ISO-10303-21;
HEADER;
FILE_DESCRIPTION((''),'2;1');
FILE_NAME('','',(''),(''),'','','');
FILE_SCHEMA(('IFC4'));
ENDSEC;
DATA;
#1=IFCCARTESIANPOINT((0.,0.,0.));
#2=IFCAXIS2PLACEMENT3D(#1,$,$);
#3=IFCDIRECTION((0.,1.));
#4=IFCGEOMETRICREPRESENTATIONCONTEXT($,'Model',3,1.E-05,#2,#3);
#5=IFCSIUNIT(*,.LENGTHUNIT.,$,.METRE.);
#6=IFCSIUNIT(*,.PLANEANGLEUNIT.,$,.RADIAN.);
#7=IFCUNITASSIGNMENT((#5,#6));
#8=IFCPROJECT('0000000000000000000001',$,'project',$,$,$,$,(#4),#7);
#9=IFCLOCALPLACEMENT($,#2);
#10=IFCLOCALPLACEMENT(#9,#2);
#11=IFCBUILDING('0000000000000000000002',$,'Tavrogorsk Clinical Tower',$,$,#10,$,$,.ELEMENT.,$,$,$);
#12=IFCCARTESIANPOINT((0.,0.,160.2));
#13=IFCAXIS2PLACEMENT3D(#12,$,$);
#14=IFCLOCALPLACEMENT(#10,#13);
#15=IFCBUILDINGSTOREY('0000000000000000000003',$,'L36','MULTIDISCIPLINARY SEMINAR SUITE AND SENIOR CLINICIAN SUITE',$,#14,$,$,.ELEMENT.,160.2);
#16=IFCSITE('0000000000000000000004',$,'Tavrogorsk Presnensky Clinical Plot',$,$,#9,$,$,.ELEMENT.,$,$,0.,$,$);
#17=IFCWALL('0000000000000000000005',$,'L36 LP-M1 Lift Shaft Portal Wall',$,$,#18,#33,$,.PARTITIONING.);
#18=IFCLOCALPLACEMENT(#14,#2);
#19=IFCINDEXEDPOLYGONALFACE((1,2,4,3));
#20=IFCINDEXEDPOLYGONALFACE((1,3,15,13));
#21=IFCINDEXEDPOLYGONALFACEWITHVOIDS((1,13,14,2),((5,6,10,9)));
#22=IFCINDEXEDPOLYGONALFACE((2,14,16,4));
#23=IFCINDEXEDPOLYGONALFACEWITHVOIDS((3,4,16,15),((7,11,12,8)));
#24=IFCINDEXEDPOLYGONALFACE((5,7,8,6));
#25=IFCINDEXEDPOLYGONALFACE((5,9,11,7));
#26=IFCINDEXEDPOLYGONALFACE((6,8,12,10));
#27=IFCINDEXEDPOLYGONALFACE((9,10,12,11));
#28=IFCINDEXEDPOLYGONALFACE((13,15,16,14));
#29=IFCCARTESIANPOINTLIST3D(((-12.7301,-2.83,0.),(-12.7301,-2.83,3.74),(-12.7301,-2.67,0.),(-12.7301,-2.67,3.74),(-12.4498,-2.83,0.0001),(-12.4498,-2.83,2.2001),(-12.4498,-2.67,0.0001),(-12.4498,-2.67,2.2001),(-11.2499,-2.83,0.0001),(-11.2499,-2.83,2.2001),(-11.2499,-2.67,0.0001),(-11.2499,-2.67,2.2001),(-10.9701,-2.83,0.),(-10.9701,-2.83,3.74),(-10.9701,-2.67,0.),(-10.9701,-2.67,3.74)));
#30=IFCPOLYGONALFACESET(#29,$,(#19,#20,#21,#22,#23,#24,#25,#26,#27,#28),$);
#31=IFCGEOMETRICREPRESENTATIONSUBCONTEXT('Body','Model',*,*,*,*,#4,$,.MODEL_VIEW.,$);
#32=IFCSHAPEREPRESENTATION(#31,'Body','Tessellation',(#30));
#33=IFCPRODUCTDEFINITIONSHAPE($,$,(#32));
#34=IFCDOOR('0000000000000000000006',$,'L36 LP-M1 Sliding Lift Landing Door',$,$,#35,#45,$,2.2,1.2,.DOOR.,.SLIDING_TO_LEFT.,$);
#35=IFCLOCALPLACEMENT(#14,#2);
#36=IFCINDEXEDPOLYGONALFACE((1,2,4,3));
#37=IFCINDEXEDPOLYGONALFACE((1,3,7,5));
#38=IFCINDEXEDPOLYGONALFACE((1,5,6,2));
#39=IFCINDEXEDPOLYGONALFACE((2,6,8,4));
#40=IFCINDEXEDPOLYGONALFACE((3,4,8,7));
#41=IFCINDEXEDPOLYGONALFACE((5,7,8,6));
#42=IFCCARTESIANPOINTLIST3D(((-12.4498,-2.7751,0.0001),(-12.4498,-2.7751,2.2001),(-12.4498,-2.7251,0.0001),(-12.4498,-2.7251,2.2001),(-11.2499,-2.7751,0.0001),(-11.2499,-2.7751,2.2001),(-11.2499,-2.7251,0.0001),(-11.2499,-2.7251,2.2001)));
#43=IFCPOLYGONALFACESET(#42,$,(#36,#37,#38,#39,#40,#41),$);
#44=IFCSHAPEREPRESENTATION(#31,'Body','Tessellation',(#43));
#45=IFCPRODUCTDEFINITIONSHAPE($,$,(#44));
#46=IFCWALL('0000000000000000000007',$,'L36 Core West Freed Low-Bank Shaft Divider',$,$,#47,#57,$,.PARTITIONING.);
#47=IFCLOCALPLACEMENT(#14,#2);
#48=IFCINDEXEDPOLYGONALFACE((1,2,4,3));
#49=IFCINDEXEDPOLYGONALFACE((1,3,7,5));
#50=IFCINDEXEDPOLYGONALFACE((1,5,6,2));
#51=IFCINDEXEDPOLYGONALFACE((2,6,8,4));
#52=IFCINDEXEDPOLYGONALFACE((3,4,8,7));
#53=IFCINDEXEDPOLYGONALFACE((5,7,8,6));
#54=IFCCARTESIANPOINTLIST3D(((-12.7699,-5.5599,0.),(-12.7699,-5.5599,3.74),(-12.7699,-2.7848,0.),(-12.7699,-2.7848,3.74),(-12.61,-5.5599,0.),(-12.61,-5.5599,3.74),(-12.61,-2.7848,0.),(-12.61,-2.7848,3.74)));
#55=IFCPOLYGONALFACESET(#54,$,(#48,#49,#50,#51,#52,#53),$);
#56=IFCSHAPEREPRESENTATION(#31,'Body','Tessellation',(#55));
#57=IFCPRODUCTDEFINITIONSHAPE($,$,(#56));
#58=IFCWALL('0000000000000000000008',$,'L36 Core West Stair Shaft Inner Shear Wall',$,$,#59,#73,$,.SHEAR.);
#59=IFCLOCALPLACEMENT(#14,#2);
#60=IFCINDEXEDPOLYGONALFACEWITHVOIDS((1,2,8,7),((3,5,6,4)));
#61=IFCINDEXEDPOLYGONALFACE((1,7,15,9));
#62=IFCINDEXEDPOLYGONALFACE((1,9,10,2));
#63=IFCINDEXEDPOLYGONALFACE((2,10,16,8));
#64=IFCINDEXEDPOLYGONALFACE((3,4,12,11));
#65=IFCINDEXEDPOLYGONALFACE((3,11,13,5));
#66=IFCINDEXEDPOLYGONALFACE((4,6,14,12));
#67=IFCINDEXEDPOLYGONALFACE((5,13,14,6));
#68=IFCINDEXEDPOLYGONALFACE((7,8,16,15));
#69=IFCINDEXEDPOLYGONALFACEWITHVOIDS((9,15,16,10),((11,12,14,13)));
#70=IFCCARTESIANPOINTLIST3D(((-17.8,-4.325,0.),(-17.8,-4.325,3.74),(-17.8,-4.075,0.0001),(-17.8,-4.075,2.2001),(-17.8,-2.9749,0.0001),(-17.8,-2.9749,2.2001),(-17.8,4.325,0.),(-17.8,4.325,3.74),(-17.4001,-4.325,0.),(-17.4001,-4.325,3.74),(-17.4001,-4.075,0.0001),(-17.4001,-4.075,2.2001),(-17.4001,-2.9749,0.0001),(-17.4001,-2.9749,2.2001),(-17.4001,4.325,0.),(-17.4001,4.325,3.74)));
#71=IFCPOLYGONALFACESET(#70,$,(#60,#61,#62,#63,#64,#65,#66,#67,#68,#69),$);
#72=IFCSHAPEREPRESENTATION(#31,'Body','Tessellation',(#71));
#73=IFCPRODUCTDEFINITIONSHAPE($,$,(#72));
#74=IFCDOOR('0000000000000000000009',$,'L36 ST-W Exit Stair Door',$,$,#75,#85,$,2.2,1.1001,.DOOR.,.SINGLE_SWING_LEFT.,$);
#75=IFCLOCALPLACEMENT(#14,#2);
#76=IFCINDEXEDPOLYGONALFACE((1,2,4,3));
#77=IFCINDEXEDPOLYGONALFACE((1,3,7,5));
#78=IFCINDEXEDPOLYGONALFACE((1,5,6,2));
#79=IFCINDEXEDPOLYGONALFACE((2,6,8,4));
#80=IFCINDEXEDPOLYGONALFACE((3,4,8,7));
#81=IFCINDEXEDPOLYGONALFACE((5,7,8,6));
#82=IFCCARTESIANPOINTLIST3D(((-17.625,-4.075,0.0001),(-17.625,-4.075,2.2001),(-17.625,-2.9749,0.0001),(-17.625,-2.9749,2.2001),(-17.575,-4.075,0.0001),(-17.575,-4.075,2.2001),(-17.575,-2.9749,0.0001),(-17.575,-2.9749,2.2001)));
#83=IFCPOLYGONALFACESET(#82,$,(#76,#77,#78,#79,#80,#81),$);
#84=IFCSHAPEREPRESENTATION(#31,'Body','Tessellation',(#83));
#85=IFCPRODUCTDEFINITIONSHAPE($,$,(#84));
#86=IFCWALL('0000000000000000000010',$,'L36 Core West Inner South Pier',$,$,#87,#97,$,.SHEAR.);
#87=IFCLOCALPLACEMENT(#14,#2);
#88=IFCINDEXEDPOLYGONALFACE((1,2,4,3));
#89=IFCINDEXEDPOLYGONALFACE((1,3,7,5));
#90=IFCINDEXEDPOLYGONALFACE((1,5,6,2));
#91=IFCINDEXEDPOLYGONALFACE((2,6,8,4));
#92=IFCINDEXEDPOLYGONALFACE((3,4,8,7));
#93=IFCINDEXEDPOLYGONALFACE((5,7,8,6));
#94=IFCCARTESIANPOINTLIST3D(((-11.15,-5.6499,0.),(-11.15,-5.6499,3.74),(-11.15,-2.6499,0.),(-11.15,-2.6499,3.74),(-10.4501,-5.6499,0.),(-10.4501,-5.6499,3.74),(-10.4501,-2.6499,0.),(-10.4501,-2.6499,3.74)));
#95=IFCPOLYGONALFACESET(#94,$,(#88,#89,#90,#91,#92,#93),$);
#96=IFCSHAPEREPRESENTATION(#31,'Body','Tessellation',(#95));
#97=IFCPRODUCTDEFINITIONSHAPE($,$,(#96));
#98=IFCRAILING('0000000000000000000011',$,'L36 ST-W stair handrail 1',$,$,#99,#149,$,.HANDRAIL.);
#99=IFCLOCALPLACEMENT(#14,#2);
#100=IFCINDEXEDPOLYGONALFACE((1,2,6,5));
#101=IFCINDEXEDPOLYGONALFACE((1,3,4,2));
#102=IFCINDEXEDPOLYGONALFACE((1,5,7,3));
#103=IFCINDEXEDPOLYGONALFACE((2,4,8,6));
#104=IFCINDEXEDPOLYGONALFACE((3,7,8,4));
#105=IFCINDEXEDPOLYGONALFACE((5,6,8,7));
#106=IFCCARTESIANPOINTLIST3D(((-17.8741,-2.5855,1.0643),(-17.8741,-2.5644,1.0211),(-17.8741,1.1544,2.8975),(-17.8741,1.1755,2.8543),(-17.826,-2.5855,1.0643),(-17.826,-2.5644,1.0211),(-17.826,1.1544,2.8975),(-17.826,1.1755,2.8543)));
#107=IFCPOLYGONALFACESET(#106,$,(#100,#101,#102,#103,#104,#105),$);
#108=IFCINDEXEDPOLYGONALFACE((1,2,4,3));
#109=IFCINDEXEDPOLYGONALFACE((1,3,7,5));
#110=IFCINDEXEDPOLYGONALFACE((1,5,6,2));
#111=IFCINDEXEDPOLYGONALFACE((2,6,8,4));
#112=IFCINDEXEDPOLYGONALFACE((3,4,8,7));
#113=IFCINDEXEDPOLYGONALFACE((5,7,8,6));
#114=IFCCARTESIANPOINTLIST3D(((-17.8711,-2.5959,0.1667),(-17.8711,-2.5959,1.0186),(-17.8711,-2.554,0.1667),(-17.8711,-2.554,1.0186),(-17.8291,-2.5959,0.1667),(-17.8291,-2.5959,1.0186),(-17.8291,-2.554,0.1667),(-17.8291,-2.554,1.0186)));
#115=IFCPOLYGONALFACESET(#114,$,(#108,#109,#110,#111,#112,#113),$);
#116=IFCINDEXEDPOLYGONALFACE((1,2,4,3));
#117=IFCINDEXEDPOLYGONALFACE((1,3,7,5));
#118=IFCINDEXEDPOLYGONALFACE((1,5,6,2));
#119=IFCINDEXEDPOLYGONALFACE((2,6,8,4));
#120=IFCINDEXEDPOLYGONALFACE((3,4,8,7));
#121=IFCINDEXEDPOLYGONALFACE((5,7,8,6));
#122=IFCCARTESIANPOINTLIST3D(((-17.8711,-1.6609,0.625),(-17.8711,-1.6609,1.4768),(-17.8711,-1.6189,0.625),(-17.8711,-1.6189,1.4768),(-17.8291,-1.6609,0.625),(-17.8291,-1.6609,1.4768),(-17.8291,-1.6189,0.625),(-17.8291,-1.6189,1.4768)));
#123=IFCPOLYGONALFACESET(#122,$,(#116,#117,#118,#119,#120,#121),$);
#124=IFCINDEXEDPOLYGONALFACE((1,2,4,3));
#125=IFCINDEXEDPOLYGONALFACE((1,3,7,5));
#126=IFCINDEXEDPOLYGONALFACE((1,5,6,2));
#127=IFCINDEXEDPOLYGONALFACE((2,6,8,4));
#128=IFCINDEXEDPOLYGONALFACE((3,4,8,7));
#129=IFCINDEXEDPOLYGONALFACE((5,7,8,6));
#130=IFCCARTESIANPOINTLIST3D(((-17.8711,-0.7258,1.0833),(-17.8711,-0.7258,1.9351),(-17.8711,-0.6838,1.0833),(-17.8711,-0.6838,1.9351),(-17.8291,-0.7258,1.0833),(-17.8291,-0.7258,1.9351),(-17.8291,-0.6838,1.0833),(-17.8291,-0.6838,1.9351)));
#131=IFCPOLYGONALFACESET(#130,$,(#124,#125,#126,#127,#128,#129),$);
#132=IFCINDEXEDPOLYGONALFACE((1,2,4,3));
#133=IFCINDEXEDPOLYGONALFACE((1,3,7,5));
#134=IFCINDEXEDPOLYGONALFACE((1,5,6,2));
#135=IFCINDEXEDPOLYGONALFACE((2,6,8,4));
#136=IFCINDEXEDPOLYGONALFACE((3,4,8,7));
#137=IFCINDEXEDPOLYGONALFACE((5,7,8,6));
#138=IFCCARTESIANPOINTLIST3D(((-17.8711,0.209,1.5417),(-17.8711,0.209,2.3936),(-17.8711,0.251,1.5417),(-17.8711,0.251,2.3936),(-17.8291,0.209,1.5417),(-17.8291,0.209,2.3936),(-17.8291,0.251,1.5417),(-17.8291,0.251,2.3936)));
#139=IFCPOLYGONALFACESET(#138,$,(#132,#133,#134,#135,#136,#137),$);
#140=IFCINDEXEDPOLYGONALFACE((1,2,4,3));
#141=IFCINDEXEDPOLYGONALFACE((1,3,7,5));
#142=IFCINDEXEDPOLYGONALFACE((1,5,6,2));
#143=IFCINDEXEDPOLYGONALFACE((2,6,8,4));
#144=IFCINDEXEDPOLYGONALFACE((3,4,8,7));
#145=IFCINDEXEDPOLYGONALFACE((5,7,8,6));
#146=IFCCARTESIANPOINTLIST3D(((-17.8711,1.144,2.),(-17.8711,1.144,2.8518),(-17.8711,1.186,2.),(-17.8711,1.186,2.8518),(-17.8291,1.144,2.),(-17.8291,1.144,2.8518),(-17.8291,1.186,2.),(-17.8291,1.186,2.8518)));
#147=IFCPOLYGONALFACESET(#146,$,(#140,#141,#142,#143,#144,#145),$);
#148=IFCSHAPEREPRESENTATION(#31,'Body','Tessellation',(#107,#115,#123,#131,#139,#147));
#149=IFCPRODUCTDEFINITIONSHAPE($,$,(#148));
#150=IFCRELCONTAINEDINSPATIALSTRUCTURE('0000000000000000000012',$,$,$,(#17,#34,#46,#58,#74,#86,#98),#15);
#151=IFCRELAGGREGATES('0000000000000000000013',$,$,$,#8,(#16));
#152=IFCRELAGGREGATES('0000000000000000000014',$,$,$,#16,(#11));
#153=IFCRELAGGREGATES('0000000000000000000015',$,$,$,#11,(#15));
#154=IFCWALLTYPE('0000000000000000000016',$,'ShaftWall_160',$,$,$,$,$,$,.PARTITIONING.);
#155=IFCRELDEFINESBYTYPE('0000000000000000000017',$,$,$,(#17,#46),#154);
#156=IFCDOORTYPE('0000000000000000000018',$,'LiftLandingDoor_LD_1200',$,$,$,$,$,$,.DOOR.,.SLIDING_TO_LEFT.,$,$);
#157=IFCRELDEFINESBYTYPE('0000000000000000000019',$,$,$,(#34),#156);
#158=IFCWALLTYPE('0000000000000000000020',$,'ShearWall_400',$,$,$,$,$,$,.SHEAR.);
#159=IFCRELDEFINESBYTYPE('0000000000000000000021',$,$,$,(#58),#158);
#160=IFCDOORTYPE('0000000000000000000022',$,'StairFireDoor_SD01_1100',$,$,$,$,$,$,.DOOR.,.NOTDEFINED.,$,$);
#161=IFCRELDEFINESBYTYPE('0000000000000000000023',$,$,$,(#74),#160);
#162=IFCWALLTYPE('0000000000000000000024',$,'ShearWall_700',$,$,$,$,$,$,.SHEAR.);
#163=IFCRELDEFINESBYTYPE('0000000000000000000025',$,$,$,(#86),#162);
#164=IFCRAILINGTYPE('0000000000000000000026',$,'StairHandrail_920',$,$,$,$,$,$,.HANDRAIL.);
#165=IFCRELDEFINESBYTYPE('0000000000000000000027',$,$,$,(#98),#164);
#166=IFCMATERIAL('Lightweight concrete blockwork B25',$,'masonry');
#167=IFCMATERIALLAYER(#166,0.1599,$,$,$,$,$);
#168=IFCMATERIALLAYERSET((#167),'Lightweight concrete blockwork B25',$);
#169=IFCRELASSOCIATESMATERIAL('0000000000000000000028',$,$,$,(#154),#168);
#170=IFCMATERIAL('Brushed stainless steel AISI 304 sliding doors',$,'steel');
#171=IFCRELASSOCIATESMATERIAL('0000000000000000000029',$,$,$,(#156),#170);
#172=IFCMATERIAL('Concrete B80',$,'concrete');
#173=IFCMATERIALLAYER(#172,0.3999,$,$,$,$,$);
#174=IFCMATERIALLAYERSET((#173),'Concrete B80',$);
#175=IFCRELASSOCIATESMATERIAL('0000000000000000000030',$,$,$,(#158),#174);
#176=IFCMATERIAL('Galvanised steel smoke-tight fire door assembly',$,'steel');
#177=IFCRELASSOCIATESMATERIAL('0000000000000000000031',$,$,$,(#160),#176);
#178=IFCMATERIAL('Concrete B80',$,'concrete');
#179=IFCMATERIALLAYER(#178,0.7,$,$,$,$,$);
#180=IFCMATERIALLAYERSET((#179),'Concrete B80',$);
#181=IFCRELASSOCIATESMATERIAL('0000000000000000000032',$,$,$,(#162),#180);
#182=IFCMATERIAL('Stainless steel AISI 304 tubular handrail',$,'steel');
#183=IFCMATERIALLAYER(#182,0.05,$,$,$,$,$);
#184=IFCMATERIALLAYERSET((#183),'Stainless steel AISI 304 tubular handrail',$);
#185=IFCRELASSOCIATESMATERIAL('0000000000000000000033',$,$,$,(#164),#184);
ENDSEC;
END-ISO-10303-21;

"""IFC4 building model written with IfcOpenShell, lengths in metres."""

from ifc_helpers import new_model, si_unit, direction, frame, frame_2d, origin, origin_2d, place, context, subcontext, project, spatial, rectangle, extrude, material, layer, layer_set, type_object, element, fill, save


model = new_model("IFC4")

# Units and contexts
model_context = context("Model", 3, precision=1e-05, world=origin(), true_north=direction((0.0, 1.0)))
body_context = subcontext(model_context, "Body", "Model", "MODEL_VIEW")
ifc_project = project(units=[si_unit("LENGTHUNIT", "METRE"), si_unit("PLANEANGLEUNIT", "RADIAN")], contexts=[model_context])

# Site, building, storey
site_placement = place(None, origin())
site = spatial("IfcSite", under=ifc_project, at=site_placement, Name="Tavrogorsk Presnensky Clinical Plot", CompositionType="ELEMENT", RefElevation=0.0)
building_placement = place(site_placement, origin())
building = spatial("IfcBuilding", under=site, at=building_placement, Name="Tavrogorsk Clinical Tower", CompositionType="ELEMENT")
storey_placement = place(building_placement, frame((0.0, 0.0, 160.2)))
storey = spatial("IfcBuildingStorey", under=building, at=storey_placement, Name="L36", Description="MULTIDISCIPLINARY SEMINAR SUITE AND SENIOR CLINICIAN SUITE", CompositionType="ELEMENT", Elevation=160.2)

# Wall, opening, door
ifc_material_1 = material(Name="Lightweight concrete blockwork B25", Category="masonry")
ifc_layer_1 = layer(ifc_material_1, 0.1599)
ifc_layer_set_1 = layer_set([ifc_layer_1], Name="Lightweight concrete blockwork B25")
wall_type_1 = type_object("IfcWallType", Name="ShaftWall_160", PredefinedType="PARTITIONING", material=ifc_layer_set_1)
wall_1_placement = place(storey_placement, frame((-12.73, -2.75, 0.0), z_axis=(0.0, 0.0, 1.0), x_axis=(1.0, 0.0, 0.0)))
wall_1 = element("IfcWall", 1, at=wall_1_placement, inside=storey, type_object=wall_type_1, Name="L36 LP-M1 Lift Shaft Portal Wall", PredefinedType="PARTITIONING", context=body_context, shape_type="SweptSolid", body=[
    extrude(rectangle(XDim=1.76, YDim=0.1599, at=frame_2d((0.8799, 0.0))), origin(), (0.0, 0.0, 1.0), 3.74),
])
opening_1_placement = place(wall_1_placement, frame((0.28, 0.0, 0.0)))
opening_1 = element("IfcOpeningElement", 2, at=opening_1_placement, cuts=wall_1, PredefinedType="OPENING", context=body_context, shape_type="SweptSolid", body=[
    extrude(rectangle(XDim=1.2, YDim=2.2, at=frame_2d((0.6001, 1.1001))), frame((0.0, 0.0898, 0.0), z_axis=(0.0, -1.0, 0.0), x_axis=(1.0, 0.0, 0.0)), (0.0, 0.0, 1.0), 0.1799),
])
ifc_material_2 = material(Name="Brushed stainless steel AISI 304 sliding doors", Category="steel")
door_type_1 = type_object("IfcDoorType", Name="LiftLandingDoor_LD_1200", OperationType="SLIDING_TO_LEFT", PredefinedType="DOOR", material=ifc_material_2)
door_1_placement = place(opening_1_placement, origin())
door_1 = element("IfcDoor", 3, at=door_1_placement, inside=storey, type_object=door_type_1, Name="L36 LP-M1 Sliding Lift Landing Door", OperationType="SLIDING_TO_LEFT", OverallHeight=2.2, OverallWidth=1.2, PredefinedType="DOOR", context=body_context, shape_type="SweptSolid", body=[
    extrude(rectangle(XDim=1.2, YDim=2.2, at=frame_2d((0.6001, 1.1001))), frame((0.0, 0.0249, 0.0), z_axis=(0.0, -1.0, 0.0), x_axis=(1.0, 0.0, 0.0)), (0.0, 0.0, 1.0), 0.05),
])
fill(opening_1, door_1)

# Wall
wall_2_placement = place(storey_placement, frame((-12.6899, -5.5601, 0.0), z_axis=(0.0, 0.0, 1.0), x_axis=(0.0, 1.0, 0.0)))
element("IfcWall", 4, at=wall_2_placement, inside=storey, type_object=wall_type_1, Name="L36 Core West Freed Low-Bank Shaft Divider", PredefinedType="PARTITIONING", context=body_context, shape_type="SweptSolid", body=[
    extrude(rectangle(XDim=2.7751, YDim=0.1599, at=frame_2d((1.3877, 0.0))), origin(), (0.0, 0.0, 1.0), 3.74),
])

# Wall, opening, door
ifc_material_3 = material(Name="Concrete B80", Category="concrete")
ifc_layer_2 = layer(ifc_material_3, 0.3999)
ifc_layer_set_2 = layer_set([ifc_layer_2], Name="Concrete B80")
wall_type_2 = type_object("IfcWallType", Name="ShearWall_400", PredefinedType="SHEAR", material=ifc_layer_set_2)
wall_3_placement = place(storey_placement, frame((-17.6001, -4.325, 0.0), z_axis=(0.0, 0.0, 1.0), x_axis=(0.0, 1.0, 0.0)))
wall_3 = element("IfcWall", 5, at=wall_3_placement, inside=storey, type_object=wall_type_2, Name="L36 Core West Stair Shaft Inner Shear Wall", PredefinedType="SHEAR", context=body_context, shape_type="SweptSolid", body=[
    extrude(rectangle(XDim=8.6499, YDim=0.3999, at=frame_2d((4.325, 0.0))), origin(), (0.0, 0.0, 1.0), 3.74),
])
opening_2_placement = place(wall_3_placement, frame((0.25, 0.0, 0.0)))
opening_2 = element("IfcOpeningElement", 6, at=opening_2_placement, cuts=wall_3, PredefinedType="OPENING", context=body_context, shape_type="SweptSolid", body=[
    extrude(rectangle(XDim=1.1001, YDim=2.2, at=frame_2d((0.55, 1.1001))), frame((0.0, 0.21, 0.0), z_axis=(0.0, -1.0, 0.0), x_axis=(1.0, 0.0, 0.0)), (0.0, 0.0, 1.0), 0.4199),
])
ifc_material_4 = material(Name="Galvanised steel smoke-tight fire door assembly", Category="steel")
door_type_2 = type_object("IfcDoorType", Name="StairFireDoor_SD01_1100", OperationType="NOTDEFINED", PredefinedType="DOOR", material=ifc_material_4)
door_2_placement = place(opening_2_placement, origin())
door_2 = element("IfcDoor", 7, at=door_2_placement, inside=storey, type_object=door_type_2, Name="L36 ST-W Exit Stair Door", OperationType="SINGLE_SWING_LEFT", OverallHeight=2.2, OverallWidth=1.1001, PredefinedType="DOOR", context=body_context, shape_type="SweptSolid", body=[
    extrude(rectangle(XDim=1.1001, YDim=2.2, at=frame_2d((0.55, 1.1001))), frame((0.0, 0.0249, 0.0), z_axis=(0.0, -1.0, 0.0), x_axis=(1.0, 0.0, 0.0)), (0.0, 0.0, 1.0), 0.05),
])
fill(opening_2, door_2)

# Wall
ifc_material_5 = material(Name="Concrete B80", Category="concrete")
ifc_layer_3 = layer(ifc_material_5, 0.7)
ifc_layer_set_3 = layer_set([ifc_layer_3], Name="Concrete B80")
wall_type_3 = type_object("IfcWallType", Name="ShearWall_700", PredefinedType="SHEAR", material=ifc_layer_set_3)
wall_4_placement = place(storey_placement, frame((-10.8, -5.6499, 0.0), z_axis=(0.0, 0.0, 1.0), x_axis=(0.0, 1.0, 0.0)))
element("IfcWall", 8, at=wall_4_placement, inside=storey, type_object=wall_type_3, Name="L36 Core West Inner South Pier", PredefinedType="SHEAR", context=body_context, shape_type="SweptSolid", body=[
    extrude(rectangle(XDim=3.0, YDim=0.7, at=frame_2d((1.5, 0.0))), origin(), (0.0, 0.0, 1.0), 3.74),
])

# Railing
ifc_material_6 = material(Name="Stainless steel AISI 304 tubular handrail", Category="steel")
ifc_layer_4 = layer(ifc_material_6, 0.05)
ifc_layer_set_4 = layer_set([ifc_layer_4], Name="Stainless steel AISI 304 tubular handrail")
railing_type = type_object("IfcRailingType", Name="StairHandrail_920", PredefinedType="HANDRAIL", material=ifc_layer_set_4)
railing_placement = place(storey_placement, frame((-17.8501, -2.575, 0.1667)))
element("IfcRailing", 9, at=railing_placement, inside=storey, type_object=railing_type, Name="L36 ST-W stair handrail 1", PredefinedType="HANDRAIL", context=body_context, shape_type="SweptSolid", body=[
    extrude(rectangle(XDim=0.0481, YDim=0.0481, at=origin_2d()), frame((0.0, 0.0, 0.876), z_axis=(0.0, 0.897928, 0.440142), x_axis=(-1.0, 0.0, 0.0)), (0.0, 0.0, 1.0), 4.165),
    extrude(rectangle(XDim=0.042, YDim=0.042, at=origin_2d()), origin(), (0.0, 0.0, 1.0), 0.8518),
    extrude(rectangle(XDim=0.042, YDim=0.042, at=origin_2d()), frame((0.0, 0.9351, 0.4583)), (0.0, 0.0, 1.0), 0.8518),
    extrude(rectangle(XDim=0.042, YDim=0.042, at=origin_2d()), frame((0.0, 1.8701, 0.9165)), (0.0, 0.0, 1.0), 0.8518),
    extrude(rectangle(XDim=0.042, YDim=0.042, at=origin_2d()), frame((0.0, 2.8049, 1.375)), (0.0, 0.0, 1.0), 0.8518),
    extrude(rectangle(XDim=0.042, YDim=0.042, at=origin_2d()), frame((0.0, 3.74, 1.8333)), (0.0, 0.0, 1.0), 0.8518),
])

save(model, "model.ifc")
